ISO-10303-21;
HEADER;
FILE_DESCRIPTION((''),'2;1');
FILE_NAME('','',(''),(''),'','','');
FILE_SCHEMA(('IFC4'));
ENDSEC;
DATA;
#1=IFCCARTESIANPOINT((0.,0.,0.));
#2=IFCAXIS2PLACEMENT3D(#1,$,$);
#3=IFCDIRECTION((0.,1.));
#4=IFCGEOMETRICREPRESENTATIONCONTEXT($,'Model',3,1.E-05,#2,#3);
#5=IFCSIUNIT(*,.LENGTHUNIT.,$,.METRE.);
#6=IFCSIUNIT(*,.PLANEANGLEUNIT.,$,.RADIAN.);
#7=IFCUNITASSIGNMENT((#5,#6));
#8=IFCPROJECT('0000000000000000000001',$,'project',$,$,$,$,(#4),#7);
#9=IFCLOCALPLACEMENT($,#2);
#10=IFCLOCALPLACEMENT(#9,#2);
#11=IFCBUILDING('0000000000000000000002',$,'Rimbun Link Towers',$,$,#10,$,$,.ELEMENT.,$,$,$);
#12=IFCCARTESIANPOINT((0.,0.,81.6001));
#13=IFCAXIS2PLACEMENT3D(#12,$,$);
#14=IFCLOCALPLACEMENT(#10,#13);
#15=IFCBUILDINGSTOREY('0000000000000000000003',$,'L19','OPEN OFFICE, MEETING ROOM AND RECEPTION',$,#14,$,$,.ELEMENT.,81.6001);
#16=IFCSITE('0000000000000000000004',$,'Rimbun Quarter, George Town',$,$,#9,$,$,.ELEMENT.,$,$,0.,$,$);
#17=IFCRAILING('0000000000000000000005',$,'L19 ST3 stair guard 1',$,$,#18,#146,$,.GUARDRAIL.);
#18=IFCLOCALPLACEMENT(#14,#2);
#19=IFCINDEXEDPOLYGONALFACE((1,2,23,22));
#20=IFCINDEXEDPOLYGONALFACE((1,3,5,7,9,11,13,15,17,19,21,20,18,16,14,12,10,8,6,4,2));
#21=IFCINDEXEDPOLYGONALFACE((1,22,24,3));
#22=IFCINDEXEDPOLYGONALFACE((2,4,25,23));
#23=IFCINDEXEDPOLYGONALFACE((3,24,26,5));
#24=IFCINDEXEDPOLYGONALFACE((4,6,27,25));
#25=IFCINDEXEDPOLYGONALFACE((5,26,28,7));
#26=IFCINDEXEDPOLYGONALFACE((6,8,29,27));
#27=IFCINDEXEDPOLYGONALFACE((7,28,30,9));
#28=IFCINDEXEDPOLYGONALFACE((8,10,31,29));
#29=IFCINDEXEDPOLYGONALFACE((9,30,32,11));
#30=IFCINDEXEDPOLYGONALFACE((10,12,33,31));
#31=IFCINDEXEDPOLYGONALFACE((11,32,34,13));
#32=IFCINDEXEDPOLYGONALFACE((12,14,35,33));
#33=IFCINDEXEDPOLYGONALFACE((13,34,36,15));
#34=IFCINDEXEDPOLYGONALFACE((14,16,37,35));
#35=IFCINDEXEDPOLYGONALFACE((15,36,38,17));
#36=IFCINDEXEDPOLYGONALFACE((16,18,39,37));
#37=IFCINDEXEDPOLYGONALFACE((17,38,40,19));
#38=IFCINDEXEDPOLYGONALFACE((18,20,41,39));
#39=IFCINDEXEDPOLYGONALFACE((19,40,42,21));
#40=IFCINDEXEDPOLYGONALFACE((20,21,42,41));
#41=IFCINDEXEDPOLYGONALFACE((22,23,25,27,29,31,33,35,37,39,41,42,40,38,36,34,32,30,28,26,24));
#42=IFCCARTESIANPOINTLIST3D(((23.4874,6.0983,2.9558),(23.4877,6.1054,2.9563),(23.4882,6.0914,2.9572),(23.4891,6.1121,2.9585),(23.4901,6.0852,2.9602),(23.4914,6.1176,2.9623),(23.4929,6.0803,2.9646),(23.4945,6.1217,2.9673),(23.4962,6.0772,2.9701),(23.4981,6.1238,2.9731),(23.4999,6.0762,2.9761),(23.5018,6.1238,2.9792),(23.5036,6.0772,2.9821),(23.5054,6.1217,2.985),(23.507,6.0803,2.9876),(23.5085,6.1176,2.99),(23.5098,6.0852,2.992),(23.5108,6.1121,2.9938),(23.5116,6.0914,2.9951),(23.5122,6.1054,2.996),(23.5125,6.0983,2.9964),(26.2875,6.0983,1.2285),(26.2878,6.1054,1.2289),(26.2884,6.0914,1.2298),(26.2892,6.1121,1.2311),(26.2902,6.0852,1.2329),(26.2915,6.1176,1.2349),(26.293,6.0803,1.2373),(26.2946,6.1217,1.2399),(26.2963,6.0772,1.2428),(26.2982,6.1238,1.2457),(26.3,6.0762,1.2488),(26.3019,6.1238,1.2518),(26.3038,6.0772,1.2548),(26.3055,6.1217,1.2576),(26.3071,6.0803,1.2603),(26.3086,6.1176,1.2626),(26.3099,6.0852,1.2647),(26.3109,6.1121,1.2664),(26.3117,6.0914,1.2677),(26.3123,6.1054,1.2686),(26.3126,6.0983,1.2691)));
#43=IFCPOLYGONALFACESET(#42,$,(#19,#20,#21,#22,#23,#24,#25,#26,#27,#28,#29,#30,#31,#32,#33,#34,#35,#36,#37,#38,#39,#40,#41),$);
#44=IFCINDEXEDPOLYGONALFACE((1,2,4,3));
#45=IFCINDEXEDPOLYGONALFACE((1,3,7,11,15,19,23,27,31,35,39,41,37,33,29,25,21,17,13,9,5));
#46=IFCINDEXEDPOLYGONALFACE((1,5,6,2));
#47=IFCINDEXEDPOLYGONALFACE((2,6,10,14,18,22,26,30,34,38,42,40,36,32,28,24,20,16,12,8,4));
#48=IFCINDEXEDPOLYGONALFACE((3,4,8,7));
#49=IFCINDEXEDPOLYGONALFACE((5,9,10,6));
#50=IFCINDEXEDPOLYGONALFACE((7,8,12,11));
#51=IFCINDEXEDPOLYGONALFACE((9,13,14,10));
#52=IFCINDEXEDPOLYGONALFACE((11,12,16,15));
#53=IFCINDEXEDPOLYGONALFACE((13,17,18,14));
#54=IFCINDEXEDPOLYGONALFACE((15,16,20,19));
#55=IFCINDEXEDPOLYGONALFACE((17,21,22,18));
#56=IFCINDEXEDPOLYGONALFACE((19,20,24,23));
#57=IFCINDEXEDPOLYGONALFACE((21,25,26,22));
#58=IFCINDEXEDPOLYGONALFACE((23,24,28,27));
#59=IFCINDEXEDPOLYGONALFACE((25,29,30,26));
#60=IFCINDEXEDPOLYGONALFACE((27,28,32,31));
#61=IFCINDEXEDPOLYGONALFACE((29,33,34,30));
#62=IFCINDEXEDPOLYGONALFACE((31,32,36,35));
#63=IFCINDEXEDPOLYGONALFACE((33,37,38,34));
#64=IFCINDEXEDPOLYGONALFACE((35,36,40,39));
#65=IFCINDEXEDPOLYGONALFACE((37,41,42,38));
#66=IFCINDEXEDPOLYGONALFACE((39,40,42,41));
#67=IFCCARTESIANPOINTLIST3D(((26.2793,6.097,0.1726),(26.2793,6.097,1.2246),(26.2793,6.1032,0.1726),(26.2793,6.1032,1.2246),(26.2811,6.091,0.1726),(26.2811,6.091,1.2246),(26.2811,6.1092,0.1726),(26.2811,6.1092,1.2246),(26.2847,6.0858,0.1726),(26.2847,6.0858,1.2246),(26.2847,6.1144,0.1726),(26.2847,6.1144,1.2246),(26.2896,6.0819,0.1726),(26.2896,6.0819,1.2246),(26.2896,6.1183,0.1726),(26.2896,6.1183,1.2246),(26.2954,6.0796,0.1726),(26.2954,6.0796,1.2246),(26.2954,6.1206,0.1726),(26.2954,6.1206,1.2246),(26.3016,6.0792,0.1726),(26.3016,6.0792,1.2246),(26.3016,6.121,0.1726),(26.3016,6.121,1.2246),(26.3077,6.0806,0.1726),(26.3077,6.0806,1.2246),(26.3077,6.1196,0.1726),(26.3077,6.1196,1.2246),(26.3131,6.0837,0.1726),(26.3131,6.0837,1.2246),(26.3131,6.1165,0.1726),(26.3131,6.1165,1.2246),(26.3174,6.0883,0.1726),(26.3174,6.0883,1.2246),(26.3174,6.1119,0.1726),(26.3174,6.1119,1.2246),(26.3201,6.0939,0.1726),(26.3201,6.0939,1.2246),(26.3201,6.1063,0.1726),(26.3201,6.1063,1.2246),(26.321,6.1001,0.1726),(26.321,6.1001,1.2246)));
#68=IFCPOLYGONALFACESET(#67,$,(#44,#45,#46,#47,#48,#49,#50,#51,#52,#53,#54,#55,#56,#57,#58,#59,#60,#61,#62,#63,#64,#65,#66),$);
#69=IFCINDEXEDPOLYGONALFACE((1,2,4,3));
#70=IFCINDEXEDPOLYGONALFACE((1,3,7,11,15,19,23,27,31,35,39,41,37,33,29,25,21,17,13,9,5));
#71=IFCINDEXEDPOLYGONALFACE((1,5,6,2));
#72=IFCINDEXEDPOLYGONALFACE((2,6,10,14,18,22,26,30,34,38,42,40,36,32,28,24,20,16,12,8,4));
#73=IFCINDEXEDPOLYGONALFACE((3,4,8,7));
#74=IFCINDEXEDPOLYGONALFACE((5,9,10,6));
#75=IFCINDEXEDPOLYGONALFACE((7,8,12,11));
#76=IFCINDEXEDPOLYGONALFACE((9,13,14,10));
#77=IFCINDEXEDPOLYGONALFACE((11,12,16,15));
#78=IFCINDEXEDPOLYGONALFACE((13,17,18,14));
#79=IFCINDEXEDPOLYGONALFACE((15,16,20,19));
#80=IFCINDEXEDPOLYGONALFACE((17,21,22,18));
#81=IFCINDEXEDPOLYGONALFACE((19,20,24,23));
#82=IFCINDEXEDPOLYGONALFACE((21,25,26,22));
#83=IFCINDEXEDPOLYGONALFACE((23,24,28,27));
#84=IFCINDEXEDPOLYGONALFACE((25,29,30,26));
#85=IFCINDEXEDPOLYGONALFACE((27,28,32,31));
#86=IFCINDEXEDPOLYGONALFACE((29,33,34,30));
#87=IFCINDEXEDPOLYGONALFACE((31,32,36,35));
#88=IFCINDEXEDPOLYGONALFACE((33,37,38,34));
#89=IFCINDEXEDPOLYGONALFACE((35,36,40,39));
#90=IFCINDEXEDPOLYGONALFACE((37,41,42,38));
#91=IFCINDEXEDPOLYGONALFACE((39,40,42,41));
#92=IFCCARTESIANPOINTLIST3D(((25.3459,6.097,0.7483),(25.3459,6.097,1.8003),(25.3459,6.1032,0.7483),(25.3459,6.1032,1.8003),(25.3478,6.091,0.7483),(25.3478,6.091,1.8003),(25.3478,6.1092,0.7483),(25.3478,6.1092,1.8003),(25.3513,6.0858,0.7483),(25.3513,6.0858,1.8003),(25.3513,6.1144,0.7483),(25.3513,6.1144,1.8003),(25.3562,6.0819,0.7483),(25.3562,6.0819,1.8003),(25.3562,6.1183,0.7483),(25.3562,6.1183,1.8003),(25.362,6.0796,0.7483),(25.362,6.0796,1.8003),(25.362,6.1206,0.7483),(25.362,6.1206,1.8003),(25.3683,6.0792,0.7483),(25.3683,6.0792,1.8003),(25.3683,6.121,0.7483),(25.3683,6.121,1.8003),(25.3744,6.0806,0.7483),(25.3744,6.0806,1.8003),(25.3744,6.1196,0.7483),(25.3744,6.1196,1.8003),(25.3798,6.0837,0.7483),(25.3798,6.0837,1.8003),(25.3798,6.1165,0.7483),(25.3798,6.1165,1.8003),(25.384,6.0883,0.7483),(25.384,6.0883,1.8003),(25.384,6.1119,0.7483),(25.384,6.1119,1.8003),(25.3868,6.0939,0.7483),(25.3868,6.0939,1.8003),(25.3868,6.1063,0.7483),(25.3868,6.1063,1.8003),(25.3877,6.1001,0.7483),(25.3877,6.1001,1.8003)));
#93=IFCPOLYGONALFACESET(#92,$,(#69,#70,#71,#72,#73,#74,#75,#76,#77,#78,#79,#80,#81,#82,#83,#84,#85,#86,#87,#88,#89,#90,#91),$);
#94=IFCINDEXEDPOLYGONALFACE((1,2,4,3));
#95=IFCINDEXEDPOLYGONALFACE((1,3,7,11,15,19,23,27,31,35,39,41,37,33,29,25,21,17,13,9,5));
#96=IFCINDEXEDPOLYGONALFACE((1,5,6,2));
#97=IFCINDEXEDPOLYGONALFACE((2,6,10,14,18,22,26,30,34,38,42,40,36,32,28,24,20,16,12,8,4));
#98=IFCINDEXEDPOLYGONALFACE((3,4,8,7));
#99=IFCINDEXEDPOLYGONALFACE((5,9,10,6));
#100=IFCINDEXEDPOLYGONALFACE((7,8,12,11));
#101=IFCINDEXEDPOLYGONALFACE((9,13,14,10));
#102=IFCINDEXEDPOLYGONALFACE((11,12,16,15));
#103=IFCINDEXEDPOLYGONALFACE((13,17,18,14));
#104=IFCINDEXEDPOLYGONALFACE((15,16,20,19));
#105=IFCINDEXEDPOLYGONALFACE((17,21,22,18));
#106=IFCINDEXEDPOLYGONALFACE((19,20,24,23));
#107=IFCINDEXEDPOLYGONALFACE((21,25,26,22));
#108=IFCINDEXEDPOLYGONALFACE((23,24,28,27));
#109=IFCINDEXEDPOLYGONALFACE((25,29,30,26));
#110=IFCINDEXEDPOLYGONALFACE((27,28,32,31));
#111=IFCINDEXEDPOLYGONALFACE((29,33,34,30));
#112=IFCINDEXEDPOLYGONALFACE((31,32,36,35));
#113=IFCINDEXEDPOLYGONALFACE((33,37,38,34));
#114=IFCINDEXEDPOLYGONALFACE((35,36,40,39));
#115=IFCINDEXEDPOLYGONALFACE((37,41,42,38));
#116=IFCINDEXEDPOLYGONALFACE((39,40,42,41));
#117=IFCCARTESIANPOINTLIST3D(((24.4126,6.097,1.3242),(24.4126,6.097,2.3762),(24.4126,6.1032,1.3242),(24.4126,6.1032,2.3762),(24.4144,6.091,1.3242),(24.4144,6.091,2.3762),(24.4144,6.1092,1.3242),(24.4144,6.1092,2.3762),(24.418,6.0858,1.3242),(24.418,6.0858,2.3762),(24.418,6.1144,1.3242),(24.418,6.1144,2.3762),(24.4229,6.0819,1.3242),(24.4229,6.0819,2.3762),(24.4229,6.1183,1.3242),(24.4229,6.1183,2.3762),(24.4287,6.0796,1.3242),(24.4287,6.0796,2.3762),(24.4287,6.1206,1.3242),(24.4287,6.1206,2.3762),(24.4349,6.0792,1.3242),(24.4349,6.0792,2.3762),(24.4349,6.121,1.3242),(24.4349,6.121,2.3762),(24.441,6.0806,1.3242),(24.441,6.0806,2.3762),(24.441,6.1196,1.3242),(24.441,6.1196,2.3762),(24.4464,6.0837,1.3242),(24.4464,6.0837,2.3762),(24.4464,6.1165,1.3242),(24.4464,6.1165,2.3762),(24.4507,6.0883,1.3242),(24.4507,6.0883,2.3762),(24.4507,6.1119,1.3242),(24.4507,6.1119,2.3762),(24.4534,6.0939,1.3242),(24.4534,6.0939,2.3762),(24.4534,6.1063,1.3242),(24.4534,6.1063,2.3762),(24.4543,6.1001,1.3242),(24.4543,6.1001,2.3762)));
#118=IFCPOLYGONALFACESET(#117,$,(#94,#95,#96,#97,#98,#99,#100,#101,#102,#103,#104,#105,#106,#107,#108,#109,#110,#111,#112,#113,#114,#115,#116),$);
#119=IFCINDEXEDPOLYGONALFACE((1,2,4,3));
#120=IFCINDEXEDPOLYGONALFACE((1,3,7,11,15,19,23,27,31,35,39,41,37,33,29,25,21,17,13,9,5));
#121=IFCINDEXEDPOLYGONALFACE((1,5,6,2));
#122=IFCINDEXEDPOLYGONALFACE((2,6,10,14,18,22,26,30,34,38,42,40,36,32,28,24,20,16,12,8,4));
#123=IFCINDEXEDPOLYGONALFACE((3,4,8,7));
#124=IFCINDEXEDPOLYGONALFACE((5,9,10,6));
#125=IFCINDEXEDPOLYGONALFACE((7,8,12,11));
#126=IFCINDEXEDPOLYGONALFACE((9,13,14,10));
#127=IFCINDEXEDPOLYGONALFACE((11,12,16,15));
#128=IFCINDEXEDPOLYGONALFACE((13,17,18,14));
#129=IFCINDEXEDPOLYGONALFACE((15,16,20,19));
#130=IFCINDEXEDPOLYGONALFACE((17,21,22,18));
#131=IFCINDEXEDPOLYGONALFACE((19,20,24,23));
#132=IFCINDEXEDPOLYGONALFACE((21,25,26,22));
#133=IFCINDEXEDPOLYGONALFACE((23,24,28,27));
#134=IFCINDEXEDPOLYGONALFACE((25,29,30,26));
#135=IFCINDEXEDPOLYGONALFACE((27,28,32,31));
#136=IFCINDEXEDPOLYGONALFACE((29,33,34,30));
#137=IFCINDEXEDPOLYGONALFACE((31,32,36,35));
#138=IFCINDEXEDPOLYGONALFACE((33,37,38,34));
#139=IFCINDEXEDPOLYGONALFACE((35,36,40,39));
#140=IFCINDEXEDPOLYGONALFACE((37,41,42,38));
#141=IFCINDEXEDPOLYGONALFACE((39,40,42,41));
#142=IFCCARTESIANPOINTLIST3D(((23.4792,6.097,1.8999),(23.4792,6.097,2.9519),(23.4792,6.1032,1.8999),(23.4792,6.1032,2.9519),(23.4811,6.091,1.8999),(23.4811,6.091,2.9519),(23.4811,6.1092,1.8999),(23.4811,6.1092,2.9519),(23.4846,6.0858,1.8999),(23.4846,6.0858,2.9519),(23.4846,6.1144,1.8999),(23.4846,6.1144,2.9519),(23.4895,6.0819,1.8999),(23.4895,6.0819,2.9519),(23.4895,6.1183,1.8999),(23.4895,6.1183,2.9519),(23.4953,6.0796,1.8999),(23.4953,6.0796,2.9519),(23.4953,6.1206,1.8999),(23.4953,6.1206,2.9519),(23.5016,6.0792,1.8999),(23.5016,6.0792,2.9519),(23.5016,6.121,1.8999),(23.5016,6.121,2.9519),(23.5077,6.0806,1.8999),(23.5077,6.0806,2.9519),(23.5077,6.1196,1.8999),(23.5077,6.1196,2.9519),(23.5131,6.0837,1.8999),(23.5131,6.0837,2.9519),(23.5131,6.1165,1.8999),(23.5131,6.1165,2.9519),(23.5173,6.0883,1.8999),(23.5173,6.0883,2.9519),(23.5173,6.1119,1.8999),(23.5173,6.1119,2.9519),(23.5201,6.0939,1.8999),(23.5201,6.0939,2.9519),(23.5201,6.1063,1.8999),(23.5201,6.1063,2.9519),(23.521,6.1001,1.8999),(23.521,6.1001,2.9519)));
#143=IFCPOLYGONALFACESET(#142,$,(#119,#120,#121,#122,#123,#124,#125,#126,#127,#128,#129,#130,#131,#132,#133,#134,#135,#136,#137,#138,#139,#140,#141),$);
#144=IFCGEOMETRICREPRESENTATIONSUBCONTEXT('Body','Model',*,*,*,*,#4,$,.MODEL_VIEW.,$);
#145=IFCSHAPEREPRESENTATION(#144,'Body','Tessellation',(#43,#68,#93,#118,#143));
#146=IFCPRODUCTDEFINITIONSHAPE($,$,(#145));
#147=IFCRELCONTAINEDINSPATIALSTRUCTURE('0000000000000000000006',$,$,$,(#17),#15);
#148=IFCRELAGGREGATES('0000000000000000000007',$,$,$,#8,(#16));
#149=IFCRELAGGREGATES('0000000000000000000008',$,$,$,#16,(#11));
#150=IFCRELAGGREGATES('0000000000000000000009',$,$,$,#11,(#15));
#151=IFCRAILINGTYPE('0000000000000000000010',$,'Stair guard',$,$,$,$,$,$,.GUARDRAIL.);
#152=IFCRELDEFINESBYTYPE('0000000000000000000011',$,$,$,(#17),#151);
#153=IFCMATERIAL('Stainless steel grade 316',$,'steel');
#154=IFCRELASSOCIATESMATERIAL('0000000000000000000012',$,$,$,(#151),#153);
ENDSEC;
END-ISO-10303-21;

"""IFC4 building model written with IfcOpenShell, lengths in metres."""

from ifc_helpers import new_model, si_unit, direction, frame, origin, origin_2d, place, context, subcontext, project, spatial, circle, extrude, material, type_object, element, save


model = new_model("IFC4")

# Units and contexts
model_context = context("Model", 3, precision=1e-05, world=origin(), true_north=direction((0.0, 1.0)))
body_context = subcontext(model_context, "Body", "Model", "MODEL_VIEW")
ifc_project = project(units=[si_unit("LENGTHUNIT", "METRE"), si_unit("PLANEANGLEUNIT", "RADIAN")], contexts=[model_context])

# Site, building, storey
site_placement = place(None, origin())
site = spatial("IfcSite", under=ifc_project, at=site_placement, Name="Rimbun Quarter, George Town", CompositionType="ELEMENT", RefElevation=0.0)
building_placement = place(site_placement, origin())
building = spatial("IfcBuilding", under=site, at=building_placement, Name="Rimbun Link Towers", CompositionType="ELEMENT")
storey_placement = place(building_placement, frame((0.0, 0.0, 81.6001)))
storey = spatial("IfcBuildingStorey", under=building, at=storey_placement, Name="L19", Description="OPEN OFFICE, MEETING ROOM AND RECEPTION", CompositionType="ELEMENT", Elevation=81.6001)

# Railing
ifc_material_1 = material(Name="Stainless steel grade 316", Category="steel")
railing_type_1 = type_object("IfcRailingType", Name="Stair guard", PredefinedType="GUARDRAIL", material=ifc_material_1)
railing_1_placement = place(storey_placement, frame((26.3, 6.1001, 0.1726)))
element("IfcRailing", 1, at=railing_1_placement, inside=storey, type_object=railing_type_1, Name="L19 ST3 stair guard 1", PredefinedType="GUARDRAIL", context=body_context, shape_type="SweptSolid", body=[
    extrude(circle(Radius=0.0239, at=origin_2d()), frame((0.0, 0.0, 1.0762), z_axis=(-0.85109, 0.0, 0.52502), x_axis=(0.0, -1.0, 0.0)), (0.0, 0.0, 1.0), 3.29),
    extrude(circle(Radius=0.021, at=origin_2d()), origin(), (0.0, 0.0, 1.0), 1.052),
    extrude(circle(Radius=0.021, at=origin_2d()), frame((-0.9333, 0.0, 0.5757)), (0.0, 0.0, 1.0), 1.052),
    extrude(circle(Radius=0.021, at=origin_2d()), frame((-1.8667, 0.0, 1.1516)), (0.0, 0.0, 1.0), 1.052),
    extrude(circle(Radius=0.021, at=origin_2d()), frame((-2.8, 0.0, 1.7273)), (0.0, 0.0, 1.0), 1.052),
])

save(model, "model.ifc")
